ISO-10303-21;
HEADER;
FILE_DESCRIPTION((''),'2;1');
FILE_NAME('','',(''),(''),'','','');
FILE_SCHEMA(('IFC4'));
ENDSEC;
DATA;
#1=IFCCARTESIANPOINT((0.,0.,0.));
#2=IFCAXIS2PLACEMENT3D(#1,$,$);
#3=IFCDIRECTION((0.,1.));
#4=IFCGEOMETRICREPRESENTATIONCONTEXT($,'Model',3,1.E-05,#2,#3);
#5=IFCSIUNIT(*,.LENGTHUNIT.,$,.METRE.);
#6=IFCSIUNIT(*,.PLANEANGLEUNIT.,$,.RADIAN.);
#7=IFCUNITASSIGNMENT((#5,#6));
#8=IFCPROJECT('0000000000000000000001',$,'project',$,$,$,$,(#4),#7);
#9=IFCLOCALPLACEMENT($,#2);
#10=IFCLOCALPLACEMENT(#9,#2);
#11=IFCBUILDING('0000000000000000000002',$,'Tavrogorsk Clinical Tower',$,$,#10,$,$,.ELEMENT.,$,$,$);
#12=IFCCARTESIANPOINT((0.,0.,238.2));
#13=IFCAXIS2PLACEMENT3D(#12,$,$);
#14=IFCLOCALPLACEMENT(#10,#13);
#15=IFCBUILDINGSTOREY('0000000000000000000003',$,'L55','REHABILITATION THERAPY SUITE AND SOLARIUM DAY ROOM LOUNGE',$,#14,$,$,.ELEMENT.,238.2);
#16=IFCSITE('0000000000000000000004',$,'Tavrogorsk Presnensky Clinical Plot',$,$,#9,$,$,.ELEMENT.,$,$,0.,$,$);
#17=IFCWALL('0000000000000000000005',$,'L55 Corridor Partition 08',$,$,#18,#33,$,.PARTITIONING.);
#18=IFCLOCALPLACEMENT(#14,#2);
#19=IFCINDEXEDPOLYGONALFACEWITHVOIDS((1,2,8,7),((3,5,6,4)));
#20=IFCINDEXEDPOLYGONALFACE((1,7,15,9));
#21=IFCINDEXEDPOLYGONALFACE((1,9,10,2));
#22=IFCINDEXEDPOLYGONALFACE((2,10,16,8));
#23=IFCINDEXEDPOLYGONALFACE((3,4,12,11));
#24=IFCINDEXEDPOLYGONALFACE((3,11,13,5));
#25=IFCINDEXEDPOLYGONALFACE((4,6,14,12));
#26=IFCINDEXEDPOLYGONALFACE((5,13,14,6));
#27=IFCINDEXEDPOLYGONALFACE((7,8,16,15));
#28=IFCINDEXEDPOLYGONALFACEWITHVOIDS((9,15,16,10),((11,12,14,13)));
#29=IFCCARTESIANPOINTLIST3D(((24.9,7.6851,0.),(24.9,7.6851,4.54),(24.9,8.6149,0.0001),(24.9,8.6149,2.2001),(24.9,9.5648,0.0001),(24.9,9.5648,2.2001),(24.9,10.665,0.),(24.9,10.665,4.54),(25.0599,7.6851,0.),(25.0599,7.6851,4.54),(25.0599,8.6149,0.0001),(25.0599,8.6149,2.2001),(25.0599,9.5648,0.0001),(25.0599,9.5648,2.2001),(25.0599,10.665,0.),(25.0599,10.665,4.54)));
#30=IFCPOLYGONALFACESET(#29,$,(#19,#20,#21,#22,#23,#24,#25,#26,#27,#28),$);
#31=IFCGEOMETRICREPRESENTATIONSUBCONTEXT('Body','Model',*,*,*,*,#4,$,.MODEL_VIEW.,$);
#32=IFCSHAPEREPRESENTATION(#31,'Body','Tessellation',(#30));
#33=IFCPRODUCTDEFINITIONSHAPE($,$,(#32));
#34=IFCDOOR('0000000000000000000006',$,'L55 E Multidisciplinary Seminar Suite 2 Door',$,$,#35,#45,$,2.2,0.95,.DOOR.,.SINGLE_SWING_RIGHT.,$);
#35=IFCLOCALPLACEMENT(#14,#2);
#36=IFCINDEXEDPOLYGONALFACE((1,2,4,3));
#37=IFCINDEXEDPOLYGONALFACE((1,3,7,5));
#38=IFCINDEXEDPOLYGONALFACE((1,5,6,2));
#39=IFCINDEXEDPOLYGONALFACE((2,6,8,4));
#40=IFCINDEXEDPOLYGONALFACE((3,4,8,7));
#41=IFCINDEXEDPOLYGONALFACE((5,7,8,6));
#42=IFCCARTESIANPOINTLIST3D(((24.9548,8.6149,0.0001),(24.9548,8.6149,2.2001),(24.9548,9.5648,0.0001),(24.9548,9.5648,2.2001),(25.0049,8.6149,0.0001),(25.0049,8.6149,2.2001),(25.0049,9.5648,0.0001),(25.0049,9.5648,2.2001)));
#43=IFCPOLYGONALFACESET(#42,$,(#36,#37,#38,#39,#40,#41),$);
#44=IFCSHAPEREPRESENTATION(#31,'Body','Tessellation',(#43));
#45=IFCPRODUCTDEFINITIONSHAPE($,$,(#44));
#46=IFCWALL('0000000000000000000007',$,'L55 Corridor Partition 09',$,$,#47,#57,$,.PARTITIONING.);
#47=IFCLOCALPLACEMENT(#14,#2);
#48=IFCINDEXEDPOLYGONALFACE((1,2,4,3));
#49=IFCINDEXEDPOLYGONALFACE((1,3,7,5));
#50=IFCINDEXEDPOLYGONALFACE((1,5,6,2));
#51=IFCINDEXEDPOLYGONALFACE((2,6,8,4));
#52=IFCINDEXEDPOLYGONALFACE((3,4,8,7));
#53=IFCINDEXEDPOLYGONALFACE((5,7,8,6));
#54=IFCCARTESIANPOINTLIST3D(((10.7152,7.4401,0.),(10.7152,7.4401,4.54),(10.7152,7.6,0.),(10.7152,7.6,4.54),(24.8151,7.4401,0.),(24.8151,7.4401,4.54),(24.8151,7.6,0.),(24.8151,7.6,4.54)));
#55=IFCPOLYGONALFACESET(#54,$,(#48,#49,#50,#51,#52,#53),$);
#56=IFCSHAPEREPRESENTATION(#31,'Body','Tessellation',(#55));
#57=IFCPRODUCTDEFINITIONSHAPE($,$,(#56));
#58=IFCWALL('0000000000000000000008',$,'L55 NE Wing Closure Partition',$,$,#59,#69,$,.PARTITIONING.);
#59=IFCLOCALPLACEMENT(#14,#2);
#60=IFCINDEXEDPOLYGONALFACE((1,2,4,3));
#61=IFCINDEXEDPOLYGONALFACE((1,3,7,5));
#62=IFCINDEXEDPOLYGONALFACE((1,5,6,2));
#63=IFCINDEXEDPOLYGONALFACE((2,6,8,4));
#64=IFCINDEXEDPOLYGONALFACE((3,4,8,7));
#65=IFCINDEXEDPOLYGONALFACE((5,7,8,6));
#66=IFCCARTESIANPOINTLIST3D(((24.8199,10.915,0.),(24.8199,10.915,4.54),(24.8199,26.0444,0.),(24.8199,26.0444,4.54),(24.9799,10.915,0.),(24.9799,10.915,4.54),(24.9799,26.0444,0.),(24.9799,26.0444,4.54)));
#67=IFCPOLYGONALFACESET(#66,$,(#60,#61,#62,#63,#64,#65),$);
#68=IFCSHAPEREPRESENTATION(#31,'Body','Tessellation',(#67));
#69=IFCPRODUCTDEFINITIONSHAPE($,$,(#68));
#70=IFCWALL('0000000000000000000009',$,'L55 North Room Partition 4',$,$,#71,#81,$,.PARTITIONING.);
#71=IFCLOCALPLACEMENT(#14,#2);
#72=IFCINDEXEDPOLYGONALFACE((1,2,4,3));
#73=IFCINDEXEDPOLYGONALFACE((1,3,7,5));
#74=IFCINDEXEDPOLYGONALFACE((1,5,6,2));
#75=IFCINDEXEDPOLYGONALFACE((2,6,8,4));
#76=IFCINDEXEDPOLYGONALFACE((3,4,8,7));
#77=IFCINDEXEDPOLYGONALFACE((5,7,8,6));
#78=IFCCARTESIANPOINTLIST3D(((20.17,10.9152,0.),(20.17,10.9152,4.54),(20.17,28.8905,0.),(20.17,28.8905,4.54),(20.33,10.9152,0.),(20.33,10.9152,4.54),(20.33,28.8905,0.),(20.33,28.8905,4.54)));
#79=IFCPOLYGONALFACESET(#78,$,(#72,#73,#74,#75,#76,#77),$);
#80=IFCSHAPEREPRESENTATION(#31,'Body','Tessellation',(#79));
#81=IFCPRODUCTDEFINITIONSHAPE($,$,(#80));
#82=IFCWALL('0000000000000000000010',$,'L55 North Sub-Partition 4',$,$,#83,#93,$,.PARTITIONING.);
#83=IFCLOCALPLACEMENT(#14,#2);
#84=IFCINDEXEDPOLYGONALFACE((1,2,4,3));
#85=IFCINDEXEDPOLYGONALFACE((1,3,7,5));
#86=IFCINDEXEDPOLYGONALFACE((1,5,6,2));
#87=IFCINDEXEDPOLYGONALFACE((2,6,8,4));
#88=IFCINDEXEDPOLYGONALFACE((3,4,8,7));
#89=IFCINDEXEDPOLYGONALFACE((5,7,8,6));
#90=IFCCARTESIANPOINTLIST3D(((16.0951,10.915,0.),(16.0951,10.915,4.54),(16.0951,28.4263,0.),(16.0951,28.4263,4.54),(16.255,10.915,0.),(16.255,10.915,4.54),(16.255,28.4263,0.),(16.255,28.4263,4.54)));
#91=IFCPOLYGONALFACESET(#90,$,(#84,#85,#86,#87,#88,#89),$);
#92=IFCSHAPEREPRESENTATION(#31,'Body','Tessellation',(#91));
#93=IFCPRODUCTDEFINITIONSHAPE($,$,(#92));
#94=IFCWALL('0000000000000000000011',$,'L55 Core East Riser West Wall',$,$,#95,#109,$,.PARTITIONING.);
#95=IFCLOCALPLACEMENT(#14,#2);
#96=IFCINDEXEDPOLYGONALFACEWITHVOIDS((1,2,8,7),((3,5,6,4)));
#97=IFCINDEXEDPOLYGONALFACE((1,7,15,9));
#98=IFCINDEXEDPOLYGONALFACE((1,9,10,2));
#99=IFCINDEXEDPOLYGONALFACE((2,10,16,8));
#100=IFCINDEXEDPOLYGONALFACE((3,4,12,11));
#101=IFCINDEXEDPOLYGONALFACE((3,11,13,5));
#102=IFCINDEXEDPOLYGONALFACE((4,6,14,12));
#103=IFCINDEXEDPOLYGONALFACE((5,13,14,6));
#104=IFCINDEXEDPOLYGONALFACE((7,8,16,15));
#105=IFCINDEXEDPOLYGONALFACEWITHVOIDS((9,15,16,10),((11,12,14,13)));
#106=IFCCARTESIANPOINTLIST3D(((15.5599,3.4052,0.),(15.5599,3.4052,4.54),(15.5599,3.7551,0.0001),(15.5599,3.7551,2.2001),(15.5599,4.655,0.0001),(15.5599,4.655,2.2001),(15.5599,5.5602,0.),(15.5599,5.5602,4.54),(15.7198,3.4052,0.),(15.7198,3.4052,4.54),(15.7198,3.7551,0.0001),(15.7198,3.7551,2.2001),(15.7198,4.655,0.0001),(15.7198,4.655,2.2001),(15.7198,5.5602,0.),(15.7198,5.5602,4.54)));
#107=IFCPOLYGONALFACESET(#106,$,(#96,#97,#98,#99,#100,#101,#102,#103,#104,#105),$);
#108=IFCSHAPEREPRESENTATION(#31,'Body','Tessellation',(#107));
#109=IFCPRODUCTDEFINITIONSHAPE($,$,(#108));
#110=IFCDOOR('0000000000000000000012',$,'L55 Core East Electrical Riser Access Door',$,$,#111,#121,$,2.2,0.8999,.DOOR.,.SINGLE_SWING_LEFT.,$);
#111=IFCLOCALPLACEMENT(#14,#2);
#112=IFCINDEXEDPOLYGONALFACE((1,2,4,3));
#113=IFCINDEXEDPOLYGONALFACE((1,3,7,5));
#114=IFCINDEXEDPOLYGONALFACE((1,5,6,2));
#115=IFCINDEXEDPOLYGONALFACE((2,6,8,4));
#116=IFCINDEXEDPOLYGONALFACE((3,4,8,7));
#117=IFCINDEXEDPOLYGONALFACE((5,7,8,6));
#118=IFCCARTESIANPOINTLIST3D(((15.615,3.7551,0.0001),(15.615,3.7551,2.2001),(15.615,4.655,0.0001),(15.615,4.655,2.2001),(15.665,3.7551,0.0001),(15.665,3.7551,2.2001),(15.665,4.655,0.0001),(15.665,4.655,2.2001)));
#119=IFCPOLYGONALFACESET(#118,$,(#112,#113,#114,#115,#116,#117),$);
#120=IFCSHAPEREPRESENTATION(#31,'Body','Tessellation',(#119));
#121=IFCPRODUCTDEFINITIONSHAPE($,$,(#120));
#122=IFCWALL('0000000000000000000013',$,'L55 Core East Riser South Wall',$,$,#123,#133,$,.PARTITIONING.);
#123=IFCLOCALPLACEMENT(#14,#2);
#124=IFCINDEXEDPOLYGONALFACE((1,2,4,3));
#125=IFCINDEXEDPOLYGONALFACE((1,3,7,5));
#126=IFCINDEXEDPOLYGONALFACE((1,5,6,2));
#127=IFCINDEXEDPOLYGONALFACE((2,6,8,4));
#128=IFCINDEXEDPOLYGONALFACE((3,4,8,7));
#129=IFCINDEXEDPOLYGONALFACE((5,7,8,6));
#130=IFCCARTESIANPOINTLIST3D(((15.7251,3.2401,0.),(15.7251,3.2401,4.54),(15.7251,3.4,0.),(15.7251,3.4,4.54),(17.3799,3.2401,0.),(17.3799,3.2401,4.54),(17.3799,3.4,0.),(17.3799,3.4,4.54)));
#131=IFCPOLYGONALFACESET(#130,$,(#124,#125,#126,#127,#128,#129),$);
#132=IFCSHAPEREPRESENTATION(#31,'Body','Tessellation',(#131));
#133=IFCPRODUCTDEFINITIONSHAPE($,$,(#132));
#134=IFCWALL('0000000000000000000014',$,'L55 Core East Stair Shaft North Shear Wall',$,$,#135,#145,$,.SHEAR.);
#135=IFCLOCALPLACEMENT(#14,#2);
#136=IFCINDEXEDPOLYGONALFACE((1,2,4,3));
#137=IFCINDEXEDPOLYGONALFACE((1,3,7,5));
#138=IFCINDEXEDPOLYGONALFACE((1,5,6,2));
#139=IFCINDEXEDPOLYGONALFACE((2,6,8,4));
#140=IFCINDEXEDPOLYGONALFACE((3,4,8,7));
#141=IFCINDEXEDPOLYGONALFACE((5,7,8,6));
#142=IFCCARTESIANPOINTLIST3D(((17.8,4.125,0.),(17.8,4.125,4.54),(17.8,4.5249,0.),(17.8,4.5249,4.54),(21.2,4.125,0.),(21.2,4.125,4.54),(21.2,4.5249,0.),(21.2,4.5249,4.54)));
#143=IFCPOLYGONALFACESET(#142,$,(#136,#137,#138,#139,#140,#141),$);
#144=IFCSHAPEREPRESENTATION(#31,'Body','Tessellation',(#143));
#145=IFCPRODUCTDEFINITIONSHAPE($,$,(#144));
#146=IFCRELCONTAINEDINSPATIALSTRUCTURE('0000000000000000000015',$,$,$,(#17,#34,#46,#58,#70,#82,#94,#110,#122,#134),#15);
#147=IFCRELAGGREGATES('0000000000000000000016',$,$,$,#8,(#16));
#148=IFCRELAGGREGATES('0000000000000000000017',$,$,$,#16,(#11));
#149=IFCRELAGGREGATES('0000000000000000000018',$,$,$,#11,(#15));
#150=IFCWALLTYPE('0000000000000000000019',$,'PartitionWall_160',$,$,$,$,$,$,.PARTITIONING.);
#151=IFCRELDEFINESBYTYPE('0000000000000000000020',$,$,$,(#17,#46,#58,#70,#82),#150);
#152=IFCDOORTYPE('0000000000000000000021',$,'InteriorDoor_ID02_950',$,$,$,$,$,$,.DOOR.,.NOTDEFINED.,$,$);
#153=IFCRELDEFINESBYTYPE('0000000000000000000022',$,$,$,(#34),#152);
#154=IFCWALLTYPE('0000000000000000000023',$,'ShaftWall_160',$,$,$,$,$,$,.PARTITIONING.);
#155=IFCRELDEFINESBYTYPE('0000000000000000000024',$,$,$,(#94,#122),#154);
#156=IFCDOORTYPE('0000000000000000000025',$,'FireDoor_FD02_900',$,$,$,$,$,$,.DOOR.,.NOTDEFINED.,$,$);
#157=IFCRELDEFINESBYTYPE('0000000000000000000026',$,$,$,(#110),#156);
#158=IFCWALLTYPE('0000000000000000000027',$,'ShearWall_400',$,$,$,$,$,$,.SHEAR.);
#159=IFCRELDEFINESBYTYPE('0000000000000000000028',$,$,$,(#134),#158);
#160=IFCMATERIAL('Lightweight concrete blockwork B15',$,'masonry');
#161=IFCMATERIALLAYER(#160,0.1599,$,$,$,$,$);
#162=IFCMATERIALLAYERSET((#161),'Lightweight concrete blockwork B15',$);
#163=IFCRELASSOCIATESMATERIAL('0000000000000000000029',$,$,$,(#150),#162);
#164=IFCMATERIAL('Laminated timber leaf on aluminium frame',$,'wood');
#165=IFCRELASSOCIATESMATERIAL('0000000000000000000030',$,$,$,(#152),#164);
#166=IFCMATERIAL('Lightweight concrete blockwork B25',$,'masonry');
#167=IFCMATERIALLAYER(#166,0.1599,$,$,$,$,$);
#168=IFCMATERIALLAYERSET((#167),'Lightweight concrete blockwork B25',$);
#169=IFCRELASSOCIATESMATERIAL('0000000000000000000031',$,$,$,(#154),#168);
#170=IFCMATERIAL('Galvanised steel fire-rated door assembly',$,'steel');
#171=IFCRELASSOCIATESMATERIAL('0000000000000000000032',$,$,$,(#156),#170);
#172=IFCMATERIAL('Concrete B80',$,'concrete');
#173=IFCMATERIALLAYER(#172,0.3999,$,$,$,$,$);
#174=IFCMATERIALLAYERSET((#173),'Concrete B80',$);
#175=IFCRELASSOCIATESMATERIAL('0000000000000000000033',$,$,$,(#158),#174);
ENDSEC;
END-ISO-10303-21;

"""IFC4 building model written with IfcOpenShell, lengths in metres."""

from ifc_helpers import new_model, si_unit, direction, frame, frame_2d, origin, place, context, subcontext, project, spatial, rectangle, extrude, material, layer, layer_set, type_object, element, fill, save


model = new_model("IFC4")

# Units and contexts
model_context = context("Model", 3, precision=1e-05, world=origin(), true_north=direction((0.0, 1.0)))
body_context = subcontext(model_context, "Body", "Model", "MODEL_VIEW")
ifc_project = project(units=[si_unit("LENGTHUNIT", "METRE"), si_unit("PLANEANGLEUNIT", "RADIAN")], contexts=[model_context])

# Site, building, storey
site_placement = place(None, origin())
site = spatial("IfcSite", under=ifc_project, at=site_placement, Name="Tavrogorsk Presnensky Clinical Plot", CompositionType="ELEMENT", RefElevation=0.0)
building_placement = place(site_placement, origin())
building = spatial("IfcBuilding", under=site, at=building_placement, Name="Tavrogorsk Clinical Tower", CompositionType="ELEMENT")
storey_placement = place(building_placement, frame((0.0, 0.0, 238.2)))
storey = spatial("IfcBuildingStorey", under=building, at=storey_placement, Name="L55", Description="REHABILITATION THERAPY SUITE AND SOLARIUM DAY ROOM LOUNGE", CompositionType="ELEMENT", Elevation=238.2)

# Shared definitions
ifc_material_1 = material(Name="Lightweight concrete blockwork B15", Category="masonry")
ifc_layer_1 = layer(ifc_material_1, 0.1599)
ifc_layer_set_1 = layer_set([ifc_layer_1], Name="Lightweight concrete blockwork B15")
wall_type_1 = type_object("IfcWallType", Name="PartitionWall_160", PredefinedType="PARTITIONING", material=ifc_layer_set_1)

# Wall, opening, door
wall_1_placement = place(storey_placement, frame((24.98, 10.665, 0.0), z_axis=(0.0, 0.0, 1.0), x_axis=(0.0, -1.0, 0.0)))
wall_1 = element("IfcWall", 1, at=wall_1_placement, inside=storey, type_object=wall_type_1, Name="L55 Corridor Partition 08", PredefinedType="PARTITIONING", context=body_context, shape_type="SweptSolid", body=[
    extrude(rectangle(XDim=2.98, YDim=0.1599, at=frame_2d((1.49, 0.0))), origin(), (0.0, 0.0, 1.0), 4.54),
])
opening_1_placement = place(wall_1_placement, frame((1.1001, 0.0, 0.0)))
opening_1 = element("IfcOpeningElement", 2, at=opening_1_placement, cuts=wall_1, PredefinedType="OPENING", context=body_context, shape_type="SweptSolid", body=[
    extrude(rectangle(XDim=0.95, YDim=2.2, at=frame_2d((0.4751, 1.1001))), frame((0.0, 0.0898, 0.0), z_axis=(0.0, -1.0, 0.0), x_axis=(1.0, 0.0, 0.0)), (0.0, 0.0, 1.0), 0.1799),
])
ifc_material_2 = material(Name="Laminated timber leaf on aluminium frame", Category="wood")
door_type_1 = type_object("IfcDoorType", Name="InteriorDoor_ID02_950", OperationType="NOTDEFINED", PredefinedType="DOOR", material=ifc_material_2)
door_1_placement = place(opening_1_placement, origin())
door_1 = element("IfcDoor", 3, at=door_1_placement, inside=storey, type_object=door_type_1, Name="L55 E Multidisciplinary Seminar Suite 2 Door", OperationType="SINGLE_SWING_RIGHT", OverallHeight=2.2, OverallWidth=0.95, PredefinedType="DOOR", context=body_context, shape_type="SweptSolid", body=[
    extrude(rectangle(XDim=0.95, YDim=2.2, at=frame_2d((0.4751, 1.1001))), frame((0.0, 0.0249, 0.0), z_axis=(0.0, -1.0, 0.0), x_axis=(1.0, 0.0, 0.0)), (0.0, 0.0, 1.0), 0.05),
])
fill(opening_1, door_1)

# Walls
wall_2_placement = place(storey_placement, frame((24.8149, 7.52, 0.0), z_axis=(0.0, 0.0, 1.0), x_axis=(-1.0, 0.0, 0.0)))
element("IfcWall", 4, at=wall_2_placement, inside=storey, type_object=wall_type_1, Name="L55 Corridor Partition 09", PredefinedType="PARTITIONING", context=body_context, shape_type="SweptSolid", body=[
    extrude(rectangle(XDim=14.0999, YDim=0.1599, at=frame_2d((7.0498, 0.0))), origin(), (0.0, 0.0, 1.0), 4.54),
])
wall_3_placement = place(storey_placement, frame((24.8999, 10.915, 0.0), z_axis=(0.0, 0.0, 1.0), x_axis=(0.0, 1.0, 0.0)))
element("IfcWall", 5, at=wall_3_placement, inside=storey, type_object=wall_type_1, Name="L55 NE Wing Closure Partition", PredefinedType="PARTITIONING", context=body_context, shape_type="SweptSolid", body=[
    extrude(rectangle(XDim=15.1294, YDim=0.1599, at=frame_2d((7.5647, 0.0))), origin(), (0.0, 0.0, 1.0), 4.54),
])
wall_4_placement = place(storey_placement, frame((20.25, 10.915, 0.0), z_axis=(0.0, 0.0, 1.0), x_axis=(0.0, 1.0, 0.0)))
element("IfcWall", 6, at=wall_4_placement, inside=storey, type_object=wall_type_1, Name="L55 North Room Partition 4", PredefinedType="PARTITIONING", context=body_context, shape_type="SweptSolid", body=[
    extrude(rectangle(XDim=17.9753, YDim=0.1599, at=frame_2d((8.9878, 0.0))), origin(), (0.0, 0.0, 1.0), 4.54),
])
wall_5_placement = place(storey_placement, frame((16.175, 10.915, 0.0), z_axis=(0.0, 0.0, 1.0), x_axis=(0.0, 1.0, 0.0)))
element("IfcWall", 7, at=wall_5_placement, inside=storey, type_object=wall_type_1, Name="L55 North Sub-Partition 4", PredefinedType="PARTITIONING", context=body_context, shape_type="SweptSolid", body=[
    extrude(rectangle(XDim=17.5112, YDim=0.1599, at=frame_2d((8.7556, 0.0))), origin(), (0.0, 0.0, 1.0), 4.54),
])

# Wall, opening, door
ifc_material_3 = material(Name="Lightweight concrete blockwork B25", Category="masonry")
ifc_layer_2 = layer(ifc_material_3, 0.1599)
ifc_layer_set_2 = layer_set([ifc_layer_2], Name="Lightweight concrete blockwork B25")
wall_type_2 = type_object("IfcWallType", Name="ShaftWall_160", PredefinedType="PARTITIONING", material=ifc_layer_set_2)
wall_6_placement = place(storey_placement, frame((15.6399, 3.405, 0.0), z_axis=(0.0, 0.0, 1.0), x_axis=(0.0, 1.0, 0.0)))
wall_6 = element("IfcWall", 8, at=wall_6_placement, inside=storey, type_object=wall_type_2, Name="L55 Core East Riser West Wall", PredefinedType="PARTITIONING", context=body_context, shape_type="SweptSolid", body=[
    extrude(rectangle(XDim=2.155, YDim=0.1599, at=frame_2d((1.0776, 0.0))), origin(), (0.0, 0.0, 1.0), 4.54),
])
opening_2_placement = place(wall_6_placement, frame((0.3501, 0.0, 0.0)))
opening_2 = element("IfcOpeningElement", 9, at=opening_2_placement, cuts=wall_6, PredefinedType="OPENING", context=body_context, shape_type="SweptSolid", body=[
    extrude(rectangle(XDim=0.8999, YDim=2.2, at=frame_2d((0.45, 1.1001))), frame((0.0, 0.0898, 0.0), z_axis=(0.0, -1.0, 0.0), x_axis=(1.0, 0.0, 0.0)), (0.0, 0.0, 1.0), 0.1799),
])
ifc_material_4 = material(Name="Galvanised steel fire-rated door assembly", Category="steel")
door_type_2 = type_object("IfcDoorType", Name="FireDoor_FD02_900", OperationType="NOTDEFINED", PredefinedType="DOOR", material=ifc_material_4)
door_2_placement = place(opening_2_placement, origin())
door_2 = element("IfcDoor", 10, at=door_2_placement, inside=storey, type_object=door_type_2, Name="L55 Core East Electrical Riser Access Door", OperationType="SINGLE_SWING_LEFT", OverallHeight=2.2, OverallWidth=0.8999, PredefinedType="DOOR", context=body_context, shape_type="SweptSolid", body=[
    extrude(rectangle(XDim=0.8999, YDim=2.2, at=frame_2d((0.45, 1.1001))), frame((0.0, 0.0249, 0.0), z_axis=(0.0, -1.0, 0.0), x_axis=(1.0, 0.0, 0.0)), (0.0, 0.0, 1.0), 0.05),
])
fill(opening_2, door_2)

# Walls
wall_7_placement = place(storey_placement, frame((15.7251, 3.3201, 0.0), z_axis=(0.0, 0.0, 1.0), x_axis=(1.0, 0.0, 0.0)))
element("IfcWall", 11, at=wall_7_placement, inside=storey, type_object=wall_type_2, Name="L55 Core East Riser South Wall", PredefinedType="PARTITIONING", context=body_context, shape_type="SweptSolid", body=[
    extrude(rectangle(XDim=1.6548, YDim=0.1599, at=frame_2d((0.8274, 0.0))), origin(), (0.0, 0.0, 1.0), 4.54),
])
ifc_material_5 = material(Name="Concrete B80", Category="concrete")
ifc_layer_3 = layer(ifc_material_5, 0.3999)
ifc_layer_set_3 = layer_set([ifc_layer_3], Name="Concrete B80")
wall_type_3 = type_object("IfcWallType", Name="ShearWall_400", PredefinedType="SHEAR", material=ifc_layer_set_3)
wall_8_placement = place(storey_placement, frame((17.8, 4.325, 0.0), z_axis=(0.0, 0.0, 1.0), x_axis=(1.0, 0.0, 0.0)))
element("IfcWall", 12, at=wall_8_placement, inside=storey, type_object=wall_type_3, Name="L55 Core East Stair Shaft North Shear Wall", PredefinedType="SHEAR", context=body_context, shape_type="SweptSolid", body=[
    extrude(rectangle(XDim=3.3999, YDim=0.3999, at=frame_2d((1.7, 0.0))), origin(), (0.0, 0.0, 1.0), 4.54),
])

save(model, "model.ifc")
